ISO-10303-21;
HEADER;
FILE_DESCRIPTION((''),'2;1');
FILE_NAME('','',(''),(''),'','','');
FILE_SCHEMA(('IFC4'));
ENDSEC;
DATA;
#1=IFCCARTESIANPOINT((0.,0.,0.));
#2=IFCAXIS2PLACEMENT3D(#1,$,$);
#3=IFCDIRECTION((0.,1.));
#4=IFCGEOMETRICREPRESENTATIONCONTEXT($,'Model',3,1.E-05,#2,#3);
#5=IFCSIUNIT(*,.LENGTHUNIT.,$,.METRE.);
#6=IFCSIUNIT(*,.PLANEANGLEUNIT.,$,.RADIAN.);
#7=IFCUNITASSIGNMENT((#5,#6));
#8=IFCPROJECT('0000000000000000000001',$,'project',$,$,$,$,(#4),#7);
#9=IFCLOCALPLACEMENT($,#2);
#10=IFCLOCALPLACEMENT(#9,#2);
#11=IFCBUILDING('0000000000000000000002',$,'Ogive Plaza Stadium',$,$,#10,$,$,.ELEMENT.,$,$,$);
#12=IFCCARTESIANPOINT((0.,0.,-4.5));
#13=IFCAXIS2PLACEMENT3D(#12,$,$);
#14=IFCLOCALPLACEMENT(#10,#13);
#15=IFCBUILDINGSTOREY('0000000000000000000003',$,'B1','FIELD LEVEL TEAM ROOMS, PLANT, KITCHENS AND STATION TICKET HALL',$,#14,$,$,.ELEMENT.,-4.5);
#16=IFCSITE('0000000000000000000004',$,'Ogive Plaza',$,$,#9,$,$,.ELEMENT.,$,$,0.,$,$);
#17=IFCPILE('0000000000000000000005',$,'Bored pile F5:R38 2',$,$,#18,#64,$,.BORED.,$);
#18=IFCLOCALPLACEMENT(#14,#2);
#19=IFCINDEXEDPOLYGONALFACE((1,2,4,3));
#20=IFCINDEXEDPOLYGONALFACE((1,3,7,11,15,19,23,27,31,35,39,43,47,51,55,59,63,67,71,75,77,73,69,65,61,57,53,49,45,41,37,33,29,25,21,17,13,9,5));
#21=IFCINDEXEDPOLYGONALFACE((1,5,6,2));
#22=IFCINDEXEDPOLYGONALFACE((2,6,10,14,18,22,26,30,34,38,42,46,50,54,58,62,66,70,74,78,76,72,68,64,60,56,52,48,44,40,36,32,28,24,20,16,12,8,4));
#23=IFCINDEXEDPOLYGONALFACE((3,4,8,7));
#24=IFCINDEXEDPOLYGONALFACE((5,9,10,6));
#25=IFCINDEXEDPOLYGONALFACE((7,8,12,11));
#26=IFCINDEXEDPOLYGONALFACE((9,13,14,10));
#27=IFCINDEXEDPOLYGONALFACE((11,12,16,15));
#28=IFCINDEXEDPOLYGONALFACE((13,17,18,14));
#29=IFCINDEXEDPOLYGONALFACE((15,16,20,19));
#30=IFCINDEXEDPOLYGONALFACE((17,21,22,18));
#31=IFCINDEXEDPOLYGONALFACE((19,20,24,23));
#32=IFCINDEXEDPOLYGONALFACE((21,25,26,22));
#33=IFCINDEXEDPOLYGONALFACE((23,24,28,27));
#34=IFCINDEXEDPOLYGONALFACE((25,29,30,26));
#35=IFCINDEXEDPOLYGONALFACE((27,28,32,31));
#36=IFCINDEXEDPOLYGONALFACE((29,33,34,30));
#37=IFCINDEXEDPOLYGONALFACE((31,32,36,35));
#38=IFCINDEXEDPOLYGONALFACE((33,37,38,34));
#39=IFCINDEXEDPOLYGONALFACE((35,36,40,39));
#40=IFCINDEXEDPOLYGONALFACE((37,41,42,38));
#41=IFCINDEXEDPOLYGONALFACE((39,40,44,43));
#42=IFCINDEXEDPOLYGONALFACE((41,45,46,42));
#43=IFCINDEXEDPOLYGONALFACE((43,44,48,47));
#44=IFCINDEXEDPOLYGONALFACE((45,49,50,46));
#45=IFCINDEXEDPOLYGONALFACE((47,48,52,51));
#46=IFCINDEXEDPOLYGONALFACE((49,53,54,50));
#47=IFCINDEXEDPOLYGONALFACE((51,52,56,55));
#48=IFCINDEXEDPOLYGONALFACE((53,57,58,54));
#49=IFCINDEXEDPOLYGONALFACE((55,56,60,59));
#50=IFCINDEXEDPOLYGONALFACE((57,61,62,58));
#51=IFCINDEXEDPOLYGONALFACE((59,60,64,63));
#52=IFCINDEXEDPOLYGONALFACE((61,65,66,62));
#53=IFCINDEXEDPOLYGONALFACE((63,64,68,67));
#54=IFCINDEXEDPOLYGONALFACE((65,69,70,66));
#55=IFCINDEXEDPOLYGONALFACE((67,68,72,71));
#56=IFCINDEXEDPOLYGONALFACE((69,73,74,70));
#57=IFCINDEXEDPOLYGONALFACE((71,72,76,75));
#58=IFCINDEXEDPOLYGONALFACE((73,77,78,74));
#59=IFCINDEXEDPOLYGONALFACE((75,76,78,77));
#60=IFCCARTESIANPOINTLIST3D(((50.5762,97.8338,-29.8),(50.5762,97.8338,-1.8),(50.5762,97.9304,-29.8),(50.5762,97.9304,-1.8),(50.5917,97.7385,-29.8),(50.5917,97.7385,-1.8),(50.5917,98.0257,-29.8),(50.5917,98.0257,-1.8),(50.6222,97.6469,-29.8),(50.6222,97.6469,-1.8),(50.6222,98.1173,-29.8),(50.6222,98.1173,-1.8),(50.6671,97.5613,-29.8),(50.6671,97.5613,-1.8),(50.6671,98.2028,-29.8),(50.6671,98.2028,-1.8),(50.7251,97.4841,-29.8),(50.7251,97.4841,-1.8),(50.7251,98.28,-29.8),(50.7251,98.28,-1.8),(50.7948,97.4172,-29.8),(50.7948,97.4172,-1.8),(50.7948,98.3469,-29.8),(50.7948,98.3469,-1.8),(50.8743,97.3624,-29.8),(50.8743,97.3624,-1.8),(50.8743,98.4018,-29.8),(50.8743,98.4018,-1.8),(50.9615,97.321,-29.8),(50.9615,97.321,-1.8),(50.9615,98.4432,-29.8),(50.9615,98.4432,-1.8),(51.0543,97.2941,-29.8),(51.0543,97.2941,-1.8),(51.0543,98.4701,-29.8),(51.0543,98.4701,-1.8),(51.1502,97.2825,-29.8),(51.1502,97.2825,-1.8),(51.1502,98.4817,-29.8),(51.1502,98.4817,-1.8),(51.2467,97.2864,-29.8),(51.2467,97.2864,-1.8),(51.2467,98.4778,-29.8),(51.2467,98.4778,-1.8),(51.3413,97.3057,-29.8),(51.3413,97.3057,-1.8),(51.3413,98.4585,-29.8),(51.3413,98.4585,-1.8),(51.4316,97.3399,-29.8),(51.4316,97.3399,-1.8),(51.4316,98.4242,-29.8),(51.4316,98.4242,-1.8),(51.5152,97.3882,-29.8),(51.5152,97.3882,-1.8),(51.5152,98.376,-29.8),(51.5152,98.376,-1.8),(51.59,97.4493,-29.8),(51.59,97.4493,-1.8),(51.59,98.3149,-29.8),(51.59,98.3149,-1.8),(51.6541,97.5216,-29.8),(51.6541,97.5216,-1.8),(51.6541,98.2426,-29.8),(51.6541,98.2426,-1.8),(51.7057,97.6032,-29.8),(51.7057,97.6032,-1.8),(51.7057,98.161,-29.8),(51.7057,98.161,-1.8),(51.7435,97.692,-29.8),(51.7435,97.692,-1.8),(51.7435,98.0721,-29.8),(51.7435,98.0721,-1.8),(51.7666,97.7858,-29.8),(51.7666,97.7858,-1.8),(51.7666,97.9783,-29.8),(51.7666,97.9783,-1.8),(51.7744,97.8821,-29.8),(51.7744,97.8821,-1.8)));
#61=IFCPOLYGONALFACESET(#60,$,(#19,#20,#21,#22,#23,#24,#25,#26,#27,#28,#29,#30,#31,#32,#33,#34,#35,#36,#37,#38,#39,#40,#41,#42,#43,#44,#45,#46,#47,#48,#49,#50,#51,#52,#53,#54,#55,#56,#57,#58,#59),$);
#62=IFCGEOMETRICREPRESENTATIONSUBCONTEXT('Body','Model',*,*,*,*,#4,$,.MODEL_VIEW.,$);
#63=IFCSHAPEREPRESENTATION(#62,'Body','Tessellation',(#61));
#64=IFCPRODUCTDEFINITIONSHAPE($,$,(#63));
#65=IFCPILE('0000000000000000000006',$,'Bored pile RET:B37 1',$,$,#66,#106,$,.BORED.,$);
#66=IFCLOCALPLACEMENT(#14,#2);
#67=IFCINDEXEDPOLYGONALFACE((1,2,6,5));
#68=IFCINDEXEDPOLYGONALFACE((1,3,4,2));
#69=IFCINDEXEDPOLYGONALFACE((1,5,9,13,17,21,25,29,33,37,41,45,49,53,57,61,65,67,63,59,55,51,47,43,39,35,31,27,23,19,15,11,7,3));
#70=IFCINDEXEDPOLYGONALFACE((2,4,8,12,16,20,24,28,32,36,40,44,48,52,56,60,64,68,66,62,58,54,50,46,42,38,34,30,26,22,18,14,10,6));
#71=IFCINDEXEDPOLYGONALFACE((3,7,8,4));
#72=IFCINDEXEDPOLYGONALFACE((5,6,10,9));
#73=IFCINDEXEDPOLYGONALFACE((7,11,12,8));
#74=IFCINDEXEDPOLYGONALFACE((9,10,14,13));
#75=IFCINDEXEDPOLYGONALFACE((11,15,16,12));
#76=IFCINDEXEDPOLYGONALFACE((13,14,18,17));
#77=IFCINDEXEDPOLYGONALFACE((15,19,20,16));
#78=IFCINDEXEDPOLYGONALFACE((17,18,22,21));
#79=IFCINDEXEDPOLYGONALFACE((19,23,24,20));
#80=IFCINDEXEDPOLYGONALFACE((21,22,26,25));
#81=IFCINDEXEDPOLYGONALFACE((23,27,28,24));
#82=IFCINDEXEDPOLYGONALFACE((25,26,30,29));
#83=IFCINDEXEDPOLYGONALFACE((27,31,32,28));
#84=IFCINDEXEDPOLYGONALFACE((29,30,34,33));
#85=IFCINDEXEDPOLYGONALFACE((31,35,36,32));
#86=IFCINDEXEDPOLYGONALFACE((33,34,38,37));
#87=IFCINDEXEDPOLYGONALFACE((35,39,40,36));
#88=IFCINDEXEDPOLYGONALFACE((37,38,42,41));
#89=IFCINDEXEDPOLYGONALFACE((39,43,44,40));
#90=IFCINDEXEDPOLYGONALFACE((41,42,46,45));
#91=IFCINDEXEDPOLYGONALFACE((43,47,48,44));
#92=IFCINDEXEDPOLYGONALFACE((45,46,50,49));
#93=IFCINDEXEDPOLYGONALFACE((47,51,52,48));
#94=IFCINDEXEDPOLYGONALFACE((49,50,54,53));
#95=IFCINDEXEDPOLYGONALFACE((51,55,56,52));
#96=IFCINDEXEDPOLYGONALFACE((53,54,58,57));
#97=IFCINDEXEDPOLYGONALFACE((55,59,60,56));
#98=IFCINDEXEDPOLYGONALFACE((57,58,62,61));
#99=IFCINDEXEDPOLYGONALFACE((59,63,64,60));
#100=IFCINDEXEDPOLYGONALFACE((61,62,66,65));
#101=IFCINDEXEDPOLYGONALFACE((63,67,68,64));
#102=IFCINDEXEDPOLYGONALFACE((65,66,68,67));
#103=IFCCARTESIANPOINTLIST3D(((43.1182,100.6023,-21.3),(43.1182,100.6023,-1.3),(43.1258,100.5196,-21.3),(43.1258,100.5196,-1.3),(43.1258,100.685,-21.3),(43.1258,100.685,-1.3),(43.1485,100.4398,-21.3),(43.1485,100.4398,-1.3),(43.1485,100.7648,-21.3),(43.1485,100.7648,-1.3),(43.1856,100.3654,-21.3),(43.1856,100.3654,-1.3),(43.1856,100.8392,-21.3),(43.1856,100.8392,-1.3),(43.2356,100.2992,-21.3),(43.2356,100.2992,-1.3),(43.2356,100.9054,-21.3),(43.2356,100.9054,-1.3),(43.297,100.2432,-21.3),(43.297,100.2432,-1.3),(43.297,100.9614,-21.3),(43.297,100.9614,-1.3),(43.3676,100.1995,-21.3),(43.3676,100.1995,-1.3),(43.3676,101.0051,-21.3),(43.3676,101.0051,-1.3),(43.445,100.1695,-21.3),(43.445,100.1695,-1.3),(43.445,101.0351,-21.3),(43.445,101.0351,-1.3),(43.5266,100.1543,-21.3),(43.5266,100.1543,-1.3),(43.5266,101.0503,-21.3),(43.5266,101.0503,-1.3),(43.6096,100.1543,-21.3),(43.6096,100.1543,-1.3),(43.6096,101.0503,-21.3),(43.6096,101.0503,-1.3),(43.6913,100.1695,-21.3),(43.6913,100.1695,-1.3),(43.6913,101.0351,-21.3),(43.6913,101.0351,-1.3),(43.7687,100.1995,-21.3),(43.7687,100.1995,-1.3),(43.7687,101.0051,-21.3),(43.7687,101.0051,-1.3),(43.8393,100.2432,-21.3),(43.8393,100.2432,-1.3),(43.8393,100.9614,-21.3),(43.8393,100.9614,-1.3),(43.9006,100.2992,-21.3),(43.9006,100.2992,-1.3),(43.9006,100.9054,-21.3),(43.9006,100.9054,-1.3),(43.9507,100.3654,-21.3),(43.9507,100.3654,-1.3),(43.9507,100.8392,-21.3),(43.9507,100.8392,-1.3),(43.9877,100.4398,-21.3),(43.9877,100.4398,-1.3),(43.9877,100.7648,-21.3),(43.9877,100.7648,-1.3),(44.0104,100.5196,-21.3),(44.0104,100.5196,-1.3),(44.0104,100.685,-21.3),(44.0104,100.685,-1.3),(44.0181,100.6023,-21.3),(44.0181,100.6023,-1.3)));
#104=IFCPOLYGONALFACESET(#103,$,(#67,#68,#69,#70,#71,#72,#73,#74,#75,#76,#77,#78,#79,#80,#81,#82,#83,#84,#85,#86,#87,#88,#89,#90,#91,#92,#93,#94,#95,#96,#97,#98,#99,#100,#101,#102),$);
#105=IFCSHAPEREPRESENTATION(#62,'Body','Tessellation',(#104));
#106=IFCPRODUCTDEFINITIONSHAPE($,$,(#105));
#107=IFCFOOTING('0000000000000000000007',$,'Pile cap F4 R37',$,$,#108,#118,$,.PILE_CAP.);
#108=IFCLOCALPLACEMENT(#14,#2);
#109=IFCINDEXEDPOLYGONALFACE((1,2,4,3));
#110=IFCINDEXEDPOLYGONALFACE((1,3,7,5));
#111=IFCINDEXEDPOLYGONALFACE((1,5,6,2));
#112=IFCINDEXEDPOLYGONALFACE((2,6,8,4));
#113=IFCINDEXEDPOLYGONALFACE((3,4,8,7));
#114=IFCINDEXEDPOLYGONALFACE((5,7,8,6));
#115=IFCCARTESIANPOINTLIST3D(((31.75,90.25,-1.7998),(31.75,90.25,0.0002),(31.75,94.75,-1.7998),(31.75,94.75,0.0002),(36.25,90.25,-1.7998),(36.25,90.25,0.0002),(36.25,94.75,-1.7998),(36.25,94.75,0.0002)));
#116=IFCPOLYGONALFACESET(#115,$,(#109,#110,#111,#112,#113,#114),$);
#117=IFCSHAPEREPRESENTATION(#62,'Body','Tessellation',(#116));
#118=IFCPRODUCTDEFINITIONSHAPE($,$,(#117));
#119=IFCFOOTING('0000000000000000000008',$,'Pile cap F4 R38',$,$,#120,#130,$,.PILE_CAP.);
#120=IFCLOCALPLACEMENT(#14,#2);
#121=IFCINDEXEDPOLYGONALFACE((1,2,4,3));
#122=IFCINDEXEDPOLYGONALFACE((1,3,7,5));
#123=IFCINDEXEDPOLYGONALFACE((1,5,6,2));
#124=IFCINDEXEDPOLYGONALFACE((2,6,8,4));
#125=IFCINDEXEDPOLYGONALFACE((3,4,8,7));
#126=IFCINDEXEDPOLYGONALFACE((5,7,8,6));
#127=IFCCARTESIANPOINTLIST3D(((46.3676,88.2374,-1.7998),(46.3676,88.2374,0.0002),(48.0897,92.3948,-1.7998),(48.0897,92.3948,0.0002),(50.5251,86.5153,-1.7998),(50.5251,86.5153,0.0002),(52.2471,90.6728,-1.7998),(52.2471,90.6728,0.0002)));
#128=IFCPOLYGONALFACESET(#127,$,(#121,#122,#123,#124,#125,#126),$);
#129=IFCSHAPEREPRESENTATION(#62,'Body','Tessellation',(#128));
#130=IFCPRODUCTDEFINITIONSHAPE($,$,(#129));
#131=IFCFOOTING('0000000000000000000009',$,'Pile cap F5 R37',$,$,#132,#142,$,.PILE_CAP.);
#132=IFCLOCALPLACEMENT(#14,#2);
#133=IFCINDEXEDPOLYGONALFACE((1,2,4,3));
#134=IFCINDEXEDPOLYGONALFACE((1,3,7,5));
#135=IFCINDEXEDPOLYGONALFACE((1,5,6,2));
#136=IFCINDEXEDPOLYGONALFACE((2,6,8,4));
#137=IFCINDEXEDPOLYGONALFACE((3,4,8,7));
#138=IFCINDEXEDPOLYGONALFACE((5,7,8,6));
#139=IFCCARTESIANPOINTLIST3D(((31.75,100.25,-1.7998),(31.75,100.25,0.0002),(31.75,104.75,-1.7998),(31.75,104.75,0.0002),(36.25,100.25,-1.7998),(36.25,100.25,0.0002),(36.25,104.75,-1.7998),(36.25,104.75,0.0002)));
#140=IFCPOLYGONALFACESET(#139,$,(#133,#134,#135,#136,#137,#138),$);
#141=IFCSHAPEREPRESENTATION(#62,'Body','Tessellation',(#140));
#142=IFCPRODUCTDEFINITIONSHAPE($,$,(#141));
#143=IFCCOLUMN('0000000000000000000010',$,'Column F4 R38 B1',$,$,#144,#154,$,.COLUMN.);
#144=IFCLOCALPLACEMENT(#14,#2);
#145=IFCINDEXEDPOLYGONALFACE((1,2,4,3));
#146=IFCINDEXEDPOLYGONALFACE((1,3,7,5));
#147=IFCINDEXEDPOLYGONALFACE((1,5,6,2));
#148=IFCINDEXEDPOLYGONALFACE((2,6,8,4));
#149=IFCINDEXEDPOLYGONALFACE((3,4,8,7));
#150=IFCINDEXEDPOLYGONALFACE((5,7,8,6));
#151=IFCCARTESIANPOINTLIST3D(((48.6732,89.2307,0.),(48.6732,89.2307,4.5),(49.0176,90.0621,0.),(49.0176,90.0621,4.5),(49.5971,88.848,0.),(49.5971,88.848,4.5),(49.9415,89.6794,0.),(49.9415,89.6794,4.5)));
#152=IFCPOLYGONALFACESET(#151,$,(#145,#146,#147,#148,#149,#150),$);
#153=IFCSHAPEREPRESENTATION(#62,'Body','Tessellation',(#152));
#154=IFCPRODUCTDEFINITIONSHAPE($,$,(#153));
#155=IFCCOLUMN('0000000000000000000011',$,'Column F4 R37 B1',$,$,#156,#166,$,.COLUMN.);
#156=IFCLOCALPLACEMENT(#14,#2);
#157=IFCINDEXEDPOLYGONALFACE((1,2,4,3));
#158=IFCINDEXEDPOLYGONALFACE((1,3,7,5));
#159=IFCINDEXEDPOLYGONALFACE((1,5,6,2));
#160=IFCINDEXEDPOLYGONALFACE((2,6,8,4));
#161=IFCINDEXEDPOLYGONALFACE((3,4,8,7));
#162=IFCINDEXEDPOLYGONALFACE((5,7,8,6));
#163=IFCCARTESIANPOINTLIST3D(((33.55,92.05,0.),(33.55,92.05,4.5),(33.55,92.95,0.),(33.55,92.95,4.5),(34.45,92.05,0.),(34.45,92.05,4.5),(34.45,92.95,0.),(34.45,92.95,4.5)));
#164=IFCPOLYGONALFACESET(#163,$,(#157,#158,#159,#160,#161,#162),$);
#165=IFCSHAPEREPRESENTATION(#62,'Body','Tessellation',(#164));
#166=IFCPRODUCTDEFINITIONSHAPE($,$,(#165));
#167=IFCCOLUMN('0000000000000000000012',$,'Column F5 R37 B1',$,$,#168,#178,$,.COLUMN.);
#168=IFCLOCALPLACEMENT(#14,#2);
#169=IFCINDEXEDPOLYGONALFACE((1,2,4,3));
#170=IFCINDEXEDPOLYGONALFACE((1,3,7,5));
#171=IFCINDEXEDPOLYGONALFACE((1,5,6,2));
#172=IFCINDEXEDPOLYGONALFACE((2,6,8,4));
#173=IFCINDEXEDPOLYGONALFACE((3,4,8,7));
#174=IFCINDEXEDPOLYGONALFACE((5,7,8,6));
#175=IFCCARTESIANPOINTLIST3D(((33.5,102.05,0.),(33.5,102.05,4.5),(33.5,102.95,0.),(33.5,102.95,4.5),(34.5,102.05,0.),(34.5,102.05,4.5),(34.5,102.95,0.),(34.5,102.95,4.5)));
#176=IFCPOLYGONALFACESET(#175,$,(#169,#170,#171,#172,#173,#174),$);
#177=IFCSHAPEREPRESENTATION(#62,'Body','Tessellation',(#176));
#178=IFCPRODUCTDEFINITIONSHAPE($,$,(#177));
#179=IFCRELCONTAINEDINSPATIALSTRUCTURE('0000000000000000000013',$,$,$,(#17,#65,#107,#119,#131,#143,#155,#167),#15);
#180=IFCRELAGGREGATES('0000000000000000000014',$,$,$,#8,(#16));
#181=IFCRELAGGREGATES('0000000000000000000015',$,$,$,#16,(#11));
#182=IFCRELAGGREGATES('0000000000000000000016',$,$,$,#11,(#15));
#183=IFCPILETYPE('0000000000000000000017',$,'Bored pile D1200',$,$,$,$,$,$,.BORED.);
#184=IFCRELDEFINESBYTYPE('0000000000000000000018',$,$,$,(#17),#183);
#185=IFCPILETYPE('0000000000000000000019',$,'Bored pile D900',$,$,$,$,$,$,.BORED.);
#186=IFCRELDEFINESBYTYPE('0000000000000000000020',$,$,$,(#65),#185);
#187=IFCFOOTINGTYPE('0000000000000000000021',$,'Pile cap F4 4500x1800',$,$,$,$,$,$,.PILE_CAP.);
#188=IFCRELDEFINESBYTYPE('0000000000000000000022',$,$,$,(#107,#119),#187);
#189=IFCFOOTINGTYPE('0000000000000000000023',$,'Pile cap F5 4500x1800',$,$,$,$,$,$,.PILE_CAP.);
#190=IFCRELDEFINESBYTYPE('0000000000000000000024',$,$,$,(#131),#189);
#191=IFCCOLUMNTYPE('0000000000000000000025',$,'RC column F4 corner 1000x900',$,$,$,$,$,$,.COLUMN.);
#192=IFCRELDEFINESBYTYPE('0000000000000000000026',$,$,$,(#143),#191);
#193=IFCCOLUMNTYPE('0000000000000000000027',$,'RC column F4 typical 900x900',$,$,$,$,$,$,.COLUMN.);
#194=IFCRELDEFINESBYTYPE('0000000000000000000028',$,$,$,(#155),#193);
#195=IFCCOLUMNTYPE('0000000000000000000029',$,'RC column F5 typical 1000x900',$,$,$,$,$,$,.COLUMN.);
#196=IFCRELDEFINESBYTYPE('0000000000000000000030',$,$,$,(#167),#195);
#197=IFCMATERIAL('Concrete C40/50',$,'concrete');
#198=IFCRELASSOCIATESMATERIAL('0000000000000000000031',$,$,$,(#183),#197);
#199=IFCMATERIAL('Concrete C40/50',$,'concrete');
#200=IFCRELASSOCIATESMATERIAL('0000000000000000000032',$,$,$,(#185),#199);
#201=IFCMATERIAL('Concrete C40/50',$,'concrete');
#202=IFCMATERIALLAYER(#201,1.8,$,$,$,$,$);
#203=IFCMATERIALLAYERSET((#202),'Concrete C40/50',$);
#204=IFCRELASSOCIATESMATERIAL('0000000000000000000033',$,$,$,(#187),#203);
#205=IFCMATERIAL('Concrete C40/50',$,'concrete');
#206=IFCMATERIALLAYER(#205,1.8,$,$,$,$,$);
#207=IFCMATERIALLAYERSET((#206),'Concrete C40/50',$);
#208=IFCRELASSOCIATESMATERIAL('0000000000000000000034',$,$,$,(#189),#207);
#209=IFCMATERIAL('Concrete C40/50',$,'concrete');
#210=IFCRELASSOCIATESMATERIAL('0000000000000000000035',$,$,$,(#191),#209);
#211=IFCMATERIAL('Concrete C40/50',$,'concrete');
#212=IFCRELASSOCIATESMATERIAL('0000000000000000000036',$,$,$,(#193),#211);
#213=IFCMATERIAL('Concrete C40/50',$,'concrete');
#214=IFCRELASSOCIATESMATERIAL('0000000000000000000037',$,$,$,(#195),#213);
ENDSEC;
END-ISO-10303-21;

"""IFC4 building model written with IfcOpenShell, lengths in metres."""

from ifc_helpers import new_model, si_unit, direction, frame, origin, origin_2d, place, context, subcontext, project, spatial, rectangle, circle, extrude, material, layer, layer_set, material_profile, profile_set, type_object, element, save


model = new_model("IFC4")

# Units and contexts
model_context = context("Model", 3, precision=1e-05, world=origin(), true_north=direction((0.0, 1.0)))
body_context = subcontext(model_context, "Body", "Model", "MODEL_VIEW")
ifc_project = project(units=[si_unit("LENGTHUNIT", "METRE"), si_unit("PLANEANGLEUNIT", "RADIAN")], contexts=[model_context])

# Site, building, storey
site_placement = place(None, origin())
site = spatial("IfcSite", under=ifc_project, at=site_placement, Name="Ogive Plaza", CompositionType="ELEMENT", RefElevation=0.0)
building_placement = place(site_placement, origin())
building = spatial("IfcBuilding", under=site, at=building_placement, Name="Ogive Plaza Stadium", CompositionType="ELEMENT")
storey_placement = place(building_placement, frame((0.0, 0.0, -4.5)))
storey = spatial("IfcBuildingStorey", under=building, at=storey_placement, Name="B1", Description="FIELD LEVEL TEAM ROOMS, PLANT, KITCHENS AND STATION TICKET HALL", CompositionType="ELEMENT", Elevation=-4.5)

# Piles
ifc_material_1 = material(Name="Concrete C40/50", Category="concrete")
ifc_material_profile_1 = material_profile(ifc_material_1, circle(Radius=0.6001, at=origin_2d()), Name="RC D1200")
ifc_profile_set_1 = profile_set([ifc_material_profile_1], Name="Concrete C40/50")
pile_type_1 = type_object("IfcPileType", Name="Bored pile D1200", PredefinedType="BORED", material=ifc_profile_set_1)
pile_1_placement = place(storey_placement, frame((51.1743, 97.8821, -1.8), z_axis=(0.0, 0.0, -1.0), x_axis=(1.0, 0.0, 0.0)))
element("IfcPile", 1, at=pile_1_placement, inside=storey, type_object=pile_type_1, Name="Bored pile F5:R38 2", PredefinedType="BORED", context=body_context, shape_type="SweptSolid", body=[
    extrude(circle(Radius=0.6001, at=origin_2d()), origin(), (0.0, 0.0, 1.0), 28.0),
])
ifc_material_2 = material(Name="Concrete C40/50", Category="concrete")
ifc_material_profile_2 = material_profile(ifc_material_2, circle(Radius=0.45, at=origin_2d()), Name="RC D900")
ifc_profile_set_2 = profile_set([ifc_material_profile_2], Name="Concrete C40/50")
pile_type_2 = type_object("IfcPileType", Name="Bored pile D900", PredefinedType="BORED", material=ifc_profile_set_2)
pile_2_placement = place(storey_placement, frame((43.5681, 100.6023, -1.3), z_axis=(0.0, 0.0, -1.0), x_axis=(1.0, 0.0, 0.0)))
element("IfcPile", 2, at=pile_2_placement, inside=storey, type_object=pile_type_2, Name="Bored pile RET:B37 1", PredefinedType="BORED", context=body_context, shape_type="SweptSolid", body=[
    extrude(circle(Radius=0.45, at=origin_2d()), origin(), (0.0, 0.0, 1.0), 20.0),
])

# Footings
ifc_material_3 = material(Name="Concrete C40/50", Category="concrete")
ifc_layer_1 = layer(ifc_material_3, 1.8)
ifc_layer_set_1 = layer_set([ifc_layer_1], Name="Concrete C40/50")
footing_type_1 = type_object("IfcFootingType", Name="Pile cap F4 4500x1800", PredefinedType="PILE_CAP", material=ifc_layer_set_1)
for number, where, z_axis, x_axis, name in (
    (3, (34.0, 92.5, -1.7998), (0.0, 0.0, 1.0), (0.0, 1.0, 0.0), "Pile cap F4 R37"),
    (4, (49.3074, 89.4551, -1.7998), (0.0, 0.0, 1.0), (0.382683, 0.92388, 0.0), "Pile cap F4 R38"),
):
    element("IfcFooting", number, at=place(storey_placement, frame(where, z_axis=z_axis, x_axis=x_axis)), inside=storey, type_object=footing_type_1, Name=name, PredefinedType="PILE_CAP", context=body_context, shape_type="SweptSolid", body=[
        extrude(rectangle(XDim=4.5, YDim=4.5, at=origin_2d()), origin(), (0.0, 0.0, 1.0), 1.8),
    ])
ifc_material_4 = material(Name="Concrete C40/50", Category="concrete")
ifc_layer_2 = layer(ifc_material_4, 1.8)
ifc_layer_set_2 = layer_set([ifc_layer_2], Name="Concrete C40/50")
footing_type_2 = type_object("IfcFootingType", Name="Pile cap F5 4500x1800", PredefinedType="PILE_CAP", material=ifc_layer_set_2)
footing_placement = place(storey_placement, frame((34.0, 102.5, -1.7998), z_axis=(0.0, 0.0, 1.0), x_axis=(0.0, 1.0, 0.0)))
element("IfcFooting", 5, at=footing_placement, inside=storey, type_object=footing_type_2, Name="Pile cap F5 R37", PredefinedType="PILE_CAP", context=body_context, shape_type="SweptSolid", body=[
    extrude(rectangle(XDim=4.5, YDim=4.5, at=origin_2d()), origin(), (0.0, 0.0, 1.0), 1.8),
])

# Columns
ifc_material_5 = material(Name="Concrete C40/50", Category="concrete")
ifc_material_profile_3 = material_profile(ifc_material_5, rectangle(XDim=1.0, YDim=0.8999, at=origin_2d()), Name="RC 1000x900")
ifc_profile_set_3 = profile_set([ifc_material_profile_3], Name="Concrete C40/50")
column_type_1 = type_object("IfcColumnType", Name="RC column F4 corner 1000x900", PredefinedType="COLUMN", material=ifc_profile_set_3)
column_1_placement = place(storey_placement, frame((49.3074, 89.4551, 0.0), z_axis=(0.0, 0.0, 1.0), x_axis=(-0.92388, 0.382683, 0.0)))
element("IfcColumn", 6, at=column_1_placement, inside=storey, type_object=column_type_1, Name="Column F4 R38 B1", PredefinedType="COLUMN", context=body_context, shape_type="SweptSolid", body=[
    extrude(rectangle(XDim=1.0, YDim=0.8999, at=origin_2d()), origin(), (0.0, 0.0, 1.0), 4.5),
])
ifc_material_6 = material(Name="Concrete C40/50", Category="concrete")
ifc_material_profile_4 = material_profile(ifc_material_6, rectangle(XDim=0.8999, YDim=0.8999, at=origin_2d()), Name="RC 900x900")
ifc_profile_set_4 = profile_set([ifc_material_profile_4], Name="Concrete C40/50")
column_type_2 = type_object("IfcColumnType", Name="RC column F4 typical 900x900", PredefinedType="COLUMN", material=ifc_profile_set_4)
column_2_placement = place(storey_placement, frame((34.0, 92.5, 0.0), z_axis=(0.0, 0.0, 1.0), x_axis=(-1.0, 0.0, 0.0)))
element("IfcColumn", 7, at=column_2_placement, inside=storey, type_object=column_type_2, Name="Column F4 R37 B1", PredefinedType="COLUMN", context=body_context, shape_type="SweptSolid", body=[
    extrude(rectangle(XDim=0.8999, YDim=0.8999, at=origin_2d()), origin(), (0.0, 0.0, 1.0), 4.5),
])
ifc_material_7 = material(Name="Concrete C40/50", Category="concrete")
ifc_material_profile_5 = material_profile(ifc_material_7, rectangle(XDim=1.0, YDim=0.8999, at=origin_2d()), Name="RC 1000x900")
ifc_profile_set_5 = profile_set([ifc_material_profile_5], Name="Concrete C40/50")
column_type_3 = type_object("IfcColumnType", Name="RC column F5 typical 1000x900", PredefinedType="COLUMN", material=ifc_profile_set_5)
column_3_placement = place(storey_placement, frame((34.0, 102.5, 0.0), z_axis=(0.0, 0.0, 1.0), x_axis=(-1.0, 0.0, 0.0)))
element("IfcColumn", 8, at=column_3_placement, inside=storey, type_object=column_type_3, Name="Column F5 R37 B1", PredefinedType="COLUMN", context=body_context, shape_type="SweptSolid", body=[
    extrude(rectangle(XDim=1.0, YDim=0.8999, at=origin_2d()), origin(), (0.0, 0.0, 1.0), 4.5),
])

save(model, "model.ifc")
